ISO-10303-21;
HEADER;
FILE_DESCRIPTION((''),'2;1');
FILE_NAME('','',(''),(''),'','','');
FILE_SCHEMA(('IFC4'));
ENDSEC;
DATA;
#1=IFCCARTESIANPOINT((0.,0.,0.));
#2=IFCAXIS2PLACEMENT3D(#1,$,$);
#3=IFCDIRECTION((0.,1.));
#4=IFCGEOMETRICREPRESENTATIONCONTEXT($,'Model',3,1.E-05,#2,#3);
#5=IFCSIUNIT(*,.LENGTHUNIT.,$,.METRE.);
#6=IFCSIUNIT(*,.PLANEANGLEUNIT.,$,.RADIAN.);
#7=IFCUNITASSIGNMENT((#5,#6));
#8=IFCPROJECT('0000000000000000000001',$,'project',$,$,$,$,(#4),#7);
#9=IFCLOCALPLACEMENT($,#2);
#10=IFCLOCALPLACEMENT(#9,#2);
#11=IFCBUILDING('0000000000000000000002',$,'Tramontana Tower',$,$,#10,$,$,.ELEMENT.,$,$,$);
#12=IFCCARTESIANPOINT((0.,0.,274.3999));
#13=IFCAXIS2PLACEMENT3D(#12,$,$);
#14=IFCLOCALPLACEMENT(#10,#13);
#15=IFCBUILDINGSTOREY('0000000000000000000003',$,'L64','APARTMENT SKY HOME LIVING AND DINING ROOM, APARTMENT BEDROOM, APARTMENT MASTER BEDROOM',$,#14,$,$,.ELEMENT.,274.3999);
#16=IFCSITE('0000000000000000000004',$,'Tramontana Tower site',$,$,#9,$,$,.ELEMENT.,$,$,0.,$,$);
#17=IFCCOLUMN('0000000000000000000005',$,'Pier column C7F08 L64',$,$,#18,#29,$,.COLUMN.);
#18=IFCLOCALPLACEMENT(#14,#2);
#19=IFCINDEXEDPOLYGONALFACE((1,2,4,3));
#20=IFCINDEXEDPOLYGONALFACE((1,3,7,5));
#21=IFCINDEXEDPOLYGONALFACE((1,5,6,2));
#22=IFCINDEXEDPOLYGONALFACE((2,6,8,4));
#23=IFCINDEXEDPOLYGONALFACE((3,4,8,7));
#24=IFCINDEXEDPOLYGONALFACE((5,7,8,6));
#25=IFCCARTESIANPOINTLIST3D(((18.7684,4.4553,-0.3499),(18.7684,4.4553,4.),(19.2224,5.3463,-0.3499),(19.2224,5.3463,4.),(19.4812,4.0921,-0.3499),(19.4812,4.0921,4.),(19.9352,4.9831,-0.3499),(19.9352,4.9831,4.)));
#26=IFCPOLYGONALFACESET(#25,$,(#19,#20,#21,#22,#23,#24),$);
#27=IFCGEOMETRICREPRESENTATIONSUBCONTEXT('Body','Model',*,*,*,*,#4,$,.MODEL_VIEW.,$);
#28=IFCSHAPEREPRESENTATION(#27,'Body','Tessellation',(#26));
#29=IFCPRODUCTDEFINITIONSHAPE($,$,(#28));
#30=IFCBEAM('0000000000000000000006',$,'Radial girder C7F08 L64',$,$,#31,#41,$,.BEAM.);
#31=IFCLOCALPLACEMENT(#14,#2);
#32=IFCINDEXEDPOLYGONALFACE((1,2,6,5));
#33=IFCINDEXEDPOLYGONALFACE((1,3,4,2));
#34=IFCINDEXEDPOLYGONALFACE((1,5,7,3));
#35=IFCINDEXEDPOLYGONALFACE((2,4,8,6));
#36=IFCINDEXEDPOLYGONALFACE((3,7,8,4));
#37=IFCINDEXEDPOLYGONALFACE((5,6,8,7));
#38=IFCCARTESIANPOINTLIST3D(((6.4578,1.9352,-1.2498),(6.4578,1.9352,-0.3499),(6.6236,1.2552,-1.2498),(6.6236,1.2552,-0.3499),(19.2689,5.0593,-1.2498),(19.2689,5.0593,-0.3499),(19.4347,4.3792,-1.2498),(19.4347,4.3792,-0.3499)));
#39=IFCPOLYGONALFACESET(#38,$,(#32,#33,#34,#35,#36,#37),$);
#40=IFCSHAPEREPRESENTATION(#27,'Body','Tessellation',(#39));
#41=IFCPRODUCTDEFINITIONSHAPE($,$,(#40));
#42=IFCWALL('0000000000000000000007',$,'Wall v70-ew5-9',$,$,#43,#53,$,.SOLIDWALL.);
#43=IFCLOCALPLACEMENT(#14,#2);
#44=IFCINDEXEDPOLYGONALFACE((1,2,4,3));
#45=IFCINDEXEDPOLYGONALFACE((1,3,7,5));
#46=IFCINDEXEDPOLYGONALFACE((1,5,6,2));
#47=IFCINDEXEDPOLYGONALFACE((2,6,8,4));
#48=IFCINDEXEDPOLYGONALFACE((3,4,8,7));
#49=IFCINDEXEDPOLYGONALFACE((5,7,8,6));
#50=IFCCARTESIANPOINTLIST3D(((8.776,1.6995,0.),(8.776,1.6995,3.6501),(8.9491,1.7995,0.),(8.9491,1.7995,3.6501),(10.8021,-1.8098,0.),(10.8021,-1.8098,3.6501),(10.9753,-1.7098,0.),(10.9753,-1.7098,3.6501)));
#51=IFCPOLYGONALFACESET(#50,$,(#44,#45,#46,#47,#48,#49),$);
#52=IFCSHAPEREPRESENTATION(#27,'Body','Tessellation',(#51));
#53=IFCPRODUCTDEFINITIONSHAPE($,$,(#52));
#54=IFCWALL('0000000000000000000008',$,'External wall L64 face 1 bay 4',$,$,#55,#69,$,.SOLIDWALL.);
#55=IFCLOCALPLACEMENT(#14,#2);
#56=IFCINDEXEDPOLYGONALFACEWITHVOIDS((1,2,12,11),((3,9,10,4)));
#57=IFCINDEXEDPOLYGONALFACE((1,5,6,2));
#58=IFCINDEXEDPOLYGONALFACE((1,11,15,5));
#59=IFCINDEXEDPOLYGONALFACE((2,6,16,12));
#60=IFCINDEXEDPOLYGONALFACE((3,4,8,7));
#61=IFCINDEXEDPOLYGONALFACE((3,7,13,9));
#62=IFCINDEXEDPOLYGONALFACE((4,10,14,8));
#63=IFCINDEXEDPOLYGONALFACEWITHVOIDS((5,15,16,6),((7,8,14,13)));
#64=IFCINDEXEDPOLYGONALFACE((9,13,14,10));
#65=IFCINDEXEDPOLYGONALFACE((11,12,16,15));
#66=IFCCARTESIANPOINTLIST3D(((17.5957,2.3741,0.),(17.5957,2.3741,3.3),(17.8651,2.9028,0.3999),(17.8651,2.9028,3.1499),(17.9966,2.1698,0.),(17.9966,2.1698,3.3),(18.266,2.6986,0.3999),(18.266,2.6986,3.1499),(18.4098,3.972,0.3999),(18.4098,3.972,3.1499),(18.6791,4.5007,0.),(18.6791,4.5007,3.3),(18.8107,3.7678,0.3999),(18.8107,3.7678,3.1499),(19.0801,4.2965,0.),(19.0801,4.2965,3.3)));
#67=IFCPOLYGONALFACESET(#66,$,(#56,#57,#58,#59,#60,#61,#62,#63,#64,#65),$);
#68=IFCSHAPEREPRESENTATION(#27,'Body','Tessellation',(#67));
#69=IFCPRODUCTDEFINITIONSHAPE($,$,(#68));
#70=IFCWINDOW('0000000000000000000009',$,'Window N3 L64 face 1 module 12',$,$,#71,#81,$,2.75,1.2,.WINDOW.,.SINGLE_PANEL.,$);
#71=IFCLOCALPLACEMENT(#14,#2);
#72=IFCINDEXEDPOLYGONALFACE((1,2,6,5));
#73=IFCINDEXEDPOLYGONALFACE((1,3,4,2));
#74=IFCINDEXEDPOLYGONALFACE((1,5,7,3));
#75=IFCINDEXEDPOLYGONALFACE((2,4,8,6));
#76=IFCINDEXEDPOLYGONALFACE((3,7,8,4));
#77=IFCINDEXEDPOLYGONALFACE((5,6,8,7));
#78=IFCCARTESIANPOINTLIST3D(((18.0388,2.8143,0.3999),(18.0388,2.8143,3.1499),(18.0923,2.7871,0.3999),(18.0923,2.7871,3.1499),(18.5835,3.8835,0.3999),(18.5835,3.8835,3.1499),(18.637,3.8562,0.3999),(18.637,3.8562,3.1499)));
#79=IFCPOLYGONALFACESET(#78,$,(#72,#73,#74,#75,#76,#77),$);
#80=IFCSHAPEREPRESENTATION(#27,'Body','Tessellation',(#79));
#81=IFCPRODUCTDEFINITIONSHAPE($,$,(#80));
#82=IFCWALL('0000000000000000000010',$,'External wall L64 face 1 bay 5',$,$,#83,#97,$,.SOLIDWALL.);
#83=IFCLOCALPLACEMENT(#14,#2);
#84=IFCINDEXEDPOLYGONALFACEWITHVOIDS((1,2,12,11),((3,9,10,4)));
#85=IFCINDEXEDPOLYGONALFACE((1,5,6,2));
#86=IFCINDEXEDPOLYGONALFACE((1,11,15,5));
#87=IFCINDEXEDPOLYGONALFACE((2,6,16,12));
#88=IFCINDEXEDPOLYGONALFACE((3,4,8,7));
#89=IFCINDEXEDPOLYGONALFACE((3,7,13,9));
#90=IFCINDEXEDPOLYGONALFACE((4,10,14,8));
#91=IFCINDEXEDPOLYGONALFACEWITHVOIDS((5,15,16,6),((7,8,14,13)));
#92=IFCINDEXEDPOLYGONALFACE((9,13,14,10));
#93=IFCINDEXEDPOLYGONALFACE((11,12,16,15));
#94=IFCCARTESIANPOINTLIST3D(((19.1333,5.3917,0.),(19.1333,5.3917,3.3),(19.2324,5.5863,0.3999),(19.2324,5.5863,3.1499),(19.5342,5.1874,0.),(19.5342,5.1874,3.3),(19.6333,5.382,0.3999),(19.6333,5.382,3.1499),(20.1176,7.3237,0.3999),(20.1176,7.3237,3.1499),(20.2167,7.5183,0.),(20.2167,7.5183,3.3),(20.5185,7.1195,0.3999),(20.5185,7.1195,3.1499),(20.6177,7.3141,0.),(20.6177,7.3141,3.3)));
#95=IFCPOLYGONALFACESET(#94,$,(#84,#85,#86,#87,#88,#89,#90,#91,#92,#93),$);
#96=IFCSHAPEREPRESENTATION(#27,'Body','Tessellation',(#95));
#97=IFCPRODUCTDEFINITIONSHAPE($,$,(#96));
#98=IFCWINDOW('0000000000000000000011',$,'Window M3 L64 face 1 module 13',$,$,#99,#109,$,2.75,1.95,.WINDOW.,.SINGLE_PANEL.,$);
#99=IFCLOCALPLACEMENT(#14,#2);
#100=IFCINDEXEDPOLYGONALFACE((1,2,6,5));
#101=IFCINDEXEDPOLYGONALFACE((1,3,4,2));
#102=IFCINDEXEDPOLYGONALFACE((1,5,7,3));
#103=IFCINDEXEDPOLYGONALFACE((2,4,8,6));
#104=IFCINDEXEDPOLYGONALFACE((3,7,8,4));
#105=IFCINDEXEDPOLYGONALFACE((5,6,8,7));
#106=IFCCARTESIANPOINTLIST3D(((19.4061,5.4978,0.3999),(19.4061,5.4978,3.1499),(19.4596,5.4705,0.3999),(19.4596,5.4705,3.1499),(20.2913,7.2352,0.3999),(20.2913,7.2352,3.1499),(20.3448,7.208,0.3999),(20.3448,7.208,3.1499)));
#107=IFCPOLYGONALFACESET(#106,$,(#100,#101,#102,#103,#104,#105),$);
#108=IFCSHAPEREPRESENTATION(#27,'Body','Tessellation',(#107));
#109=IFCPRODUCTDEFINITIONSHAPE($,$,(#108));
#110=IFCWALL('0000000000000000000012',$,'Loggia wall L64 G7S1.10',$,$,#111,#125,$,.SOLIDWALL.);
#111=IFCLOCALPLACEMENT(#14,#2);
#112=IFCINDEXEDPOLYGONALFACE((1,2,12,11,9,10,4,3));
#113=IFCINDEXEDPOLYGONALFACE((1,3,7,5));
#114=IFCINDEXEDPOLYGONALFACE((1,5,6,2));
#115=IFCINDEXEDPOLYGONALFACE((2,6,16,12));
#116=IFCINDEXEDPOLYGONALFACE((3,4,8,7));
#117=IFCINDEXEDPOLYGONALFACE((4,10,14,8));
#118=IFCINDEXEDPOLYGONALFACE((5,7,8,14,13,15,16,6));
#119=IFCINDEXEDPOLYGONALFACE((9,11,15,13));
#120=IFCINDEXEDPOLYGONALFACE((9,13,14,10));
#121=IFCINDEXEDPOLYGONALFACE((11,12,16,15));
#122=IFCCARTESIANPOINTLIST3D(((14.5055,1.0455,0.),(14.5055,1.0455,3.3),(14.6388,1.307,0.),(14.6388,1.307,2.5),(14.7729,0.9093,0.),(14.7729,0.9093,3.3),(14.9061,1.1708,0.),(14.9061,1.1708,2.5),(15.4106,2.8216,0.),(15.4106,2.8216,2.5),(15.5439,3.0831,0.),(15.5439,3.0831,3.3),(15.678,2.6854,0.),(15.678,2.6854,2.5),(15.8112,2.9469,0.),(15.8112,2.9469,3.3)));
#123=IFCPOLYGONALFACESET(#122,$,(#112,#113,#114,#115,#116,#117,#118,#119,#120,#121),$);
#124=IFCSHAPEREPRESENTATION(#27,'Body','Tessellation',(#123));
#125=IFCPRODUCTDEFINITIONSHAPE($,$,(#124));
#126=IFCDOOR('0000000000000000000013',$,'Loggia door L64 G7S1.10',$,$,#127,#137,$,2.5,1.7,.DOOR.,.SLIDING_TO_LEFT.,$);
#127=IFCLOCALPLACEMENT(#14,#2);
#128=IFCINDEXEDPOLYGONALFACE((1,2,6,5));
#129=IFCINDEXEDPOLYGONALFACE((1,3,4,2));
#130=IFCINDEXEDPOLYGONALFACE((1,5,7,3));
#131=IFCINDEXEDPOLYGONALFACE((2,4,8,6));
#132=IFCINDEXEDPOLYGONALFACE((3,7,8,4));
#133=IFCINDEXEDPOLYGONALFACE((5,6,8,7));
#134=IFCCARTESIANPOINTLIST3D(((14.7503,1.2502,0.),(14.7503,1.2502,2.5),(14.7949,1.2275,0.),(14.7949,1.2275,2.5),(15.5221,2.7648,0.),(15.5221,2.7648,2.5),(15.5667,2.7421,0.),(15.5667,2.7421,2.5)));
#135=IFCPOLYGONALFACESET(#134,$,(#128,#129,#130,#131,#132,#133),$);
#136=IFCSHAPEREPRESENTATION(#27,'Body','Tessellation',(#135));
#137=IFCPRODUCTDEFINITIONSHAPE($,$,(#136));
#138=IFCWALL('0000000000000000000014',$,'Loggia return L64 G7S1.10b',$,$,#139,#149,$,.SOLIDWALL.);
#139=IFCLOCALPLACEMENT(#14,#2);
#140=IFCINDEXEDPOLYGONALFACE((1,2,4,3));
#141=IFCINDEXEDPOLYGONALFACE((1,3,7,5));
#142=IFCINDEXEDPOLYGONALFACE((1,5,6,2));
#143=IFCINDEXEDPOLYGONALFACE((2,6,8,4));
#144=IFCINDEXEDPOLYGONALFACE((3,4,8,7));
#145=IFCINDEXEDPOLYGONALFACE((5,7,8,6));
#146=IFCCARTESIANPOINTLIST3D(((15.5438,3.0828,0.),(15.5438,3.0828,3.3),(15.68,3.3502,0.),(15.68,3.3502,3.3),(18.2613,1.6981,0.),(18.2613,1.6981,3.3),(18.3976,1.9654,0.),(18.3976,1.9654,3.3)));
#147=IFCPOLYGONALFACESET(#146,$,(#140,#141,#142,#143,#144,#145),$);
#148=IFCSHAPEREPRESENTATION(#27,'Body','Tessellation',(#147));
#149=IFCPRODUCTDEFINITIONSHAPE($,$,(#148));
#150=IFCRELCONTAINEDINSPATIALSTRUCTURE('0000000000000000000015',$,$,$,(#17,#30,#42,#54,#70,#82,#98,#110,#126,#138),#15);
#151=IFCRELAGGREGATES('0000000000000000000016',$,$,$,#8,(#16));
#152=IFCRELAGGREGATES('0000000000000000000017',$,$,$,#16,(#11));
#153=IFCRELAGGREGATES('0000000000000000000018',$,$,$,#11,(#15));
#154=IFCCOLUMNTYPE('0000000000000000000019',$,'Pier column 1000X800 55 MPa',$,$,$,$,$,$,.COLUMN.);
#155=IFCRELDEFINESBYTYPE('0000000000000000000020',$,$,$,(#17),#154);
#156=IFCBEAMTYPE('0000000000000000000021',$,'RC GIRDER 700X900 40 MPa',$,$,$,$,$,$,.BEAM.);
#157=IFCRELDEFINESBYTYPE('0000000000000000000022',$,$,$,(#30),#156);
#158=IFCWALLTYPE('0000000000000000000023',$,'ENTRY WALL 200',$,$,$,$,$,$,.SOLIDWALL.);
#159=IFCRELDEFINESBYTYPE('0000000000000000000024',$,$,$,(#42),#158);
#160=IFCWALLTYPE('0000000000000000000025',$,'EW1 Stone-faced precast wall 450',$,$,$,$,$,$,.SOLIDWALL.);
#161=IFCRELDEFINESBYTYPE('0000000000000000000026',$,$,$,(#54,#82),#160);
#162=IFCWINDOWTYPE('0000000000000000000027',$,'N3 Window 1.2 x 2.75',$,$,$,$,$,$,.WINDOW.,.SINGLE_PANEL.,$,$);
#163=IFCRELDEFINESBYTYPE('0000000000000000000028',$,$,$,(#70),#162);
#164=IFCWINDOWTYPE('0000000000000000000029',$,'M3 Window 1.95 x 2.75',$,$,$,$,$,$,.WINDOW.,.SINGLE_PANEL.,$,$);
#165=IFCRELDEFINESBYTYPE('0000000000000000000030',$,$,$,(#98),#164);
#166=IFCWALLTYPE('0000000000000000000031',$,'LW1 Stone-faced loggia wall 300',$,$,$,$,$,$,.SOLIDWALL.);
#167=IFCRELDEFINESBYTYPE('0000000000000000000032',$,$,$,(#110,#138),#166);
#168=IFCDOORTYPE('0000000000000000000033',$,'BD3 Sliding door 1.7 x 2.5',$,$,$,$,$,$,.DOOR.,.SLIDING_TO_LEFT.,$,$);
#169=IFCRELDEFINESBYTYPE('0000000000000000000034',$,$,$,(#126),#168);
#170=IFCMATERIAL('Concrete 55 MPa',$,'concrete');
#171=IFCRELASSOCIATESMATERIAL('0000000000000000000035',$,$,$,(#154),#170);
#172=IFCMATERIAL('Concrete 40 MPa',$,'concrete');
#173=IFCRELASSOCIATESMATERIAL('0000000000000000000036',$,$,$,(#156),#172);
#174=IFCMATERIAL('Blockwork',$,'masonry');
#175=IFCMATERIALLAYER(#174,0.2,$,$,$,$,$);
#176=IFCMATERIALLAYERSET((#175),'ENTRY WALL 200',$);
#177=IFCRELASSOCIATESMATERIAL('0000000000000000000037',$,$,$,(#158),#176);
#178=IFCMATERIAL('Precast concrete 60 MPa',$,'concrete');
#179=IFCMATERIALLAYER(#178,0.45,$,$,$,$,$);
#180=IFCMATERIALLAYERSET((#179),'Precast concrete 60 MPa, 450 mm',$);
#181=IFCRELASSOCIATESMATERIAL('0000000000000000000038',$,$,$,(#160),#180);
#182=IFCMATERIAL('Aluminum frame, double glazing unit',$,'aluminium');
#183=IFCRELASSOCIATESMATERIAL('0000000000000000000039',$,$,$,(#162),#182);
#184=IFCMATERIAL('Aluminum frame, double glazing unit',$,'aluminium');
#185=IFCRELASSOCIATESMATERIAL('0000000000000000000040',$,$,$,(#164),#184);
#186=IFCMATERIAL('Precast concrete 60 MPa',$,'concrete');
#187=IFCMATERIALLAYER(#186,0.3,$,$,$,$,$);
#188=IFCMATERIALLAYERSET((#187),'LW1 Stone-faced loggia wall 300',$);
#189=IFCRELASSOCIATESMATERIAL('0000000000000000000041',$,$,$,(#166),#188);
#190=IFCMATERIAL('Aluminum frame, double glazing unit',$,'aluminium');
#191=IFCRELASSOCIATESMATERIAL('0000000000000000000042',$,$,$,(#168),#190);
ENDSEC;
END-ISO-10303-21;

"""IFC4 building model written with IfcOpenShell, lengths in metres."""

from ifc_helpers import new_model, si_unit, direction, frame, frame_2d, origin, origin_2d, place, context, subcontext, project, spatial, rectangle, extrude, material, layer, layer_set, material_profile, profile_set, type_object, element, fill, save


model = new_model("IFC4")

# Units and contexts
model_context = context("Model", 3, precision=1e-05, world=origin(), true_north=direction((0.0, 1.0)))
body_context = subcontext(model_context, "Body", "Model", "MODEL_VIEW")
ifc_project = project(units=[si_unit("LENGTHUNIT", "METRE"), si_unit("PLANEANGLEUNIT", "RADIAN")], contexts=[model_context])

# Site, building, storey
site_placement = place(None, origin())
site = spatial("IfcSite", under=ifc_project, at=site_placement, Name="Tramontana Tower site", CompositionType="ELEMENT", RefElevation=0.0)
building_placement = place(site_placement, origin())
building = spatial("IfcBuilding", under=site, at=building_placement, Name="Tramontana Tower", CompositionType="ELEMENT")
storey_placement = place(building_placement, frame((0.0, 0.0, 274.3999)))
storey = spatial("IfcBuildingStorey", under=building, at=storey_placement, Name="L64", Description="APARTMENT SKY HOME LIVING AND DINING ROOM, APARTMENT BEDROOM, APARTMENT MASTER BEDROOM", CompositionType="ELEMENT", Elevation=274.3999)

# Column
ifc_material_1 = material(Name="Concrete 55 MPa", Category="concrete")
ifc_material_profile_1 = material_profile(ifc_material_1, rectangle(XDim=1.0, YDim=0.8, at=origin_2d()), Name="Pier column 1000X800 55 MPa")
ifc_profile_set_1 = profile_set([ifc_material_profile_1], Name="Concrete 55 MPa")
column_type = type_object("IfcColumnType", Name="Pier column 1000X800 55 MPa", PredefinedType="COLUMN", material=ifc_profile_set_1)
column_placement = place(storey_placement, frame((19.3518, 4.7192, -0.3499), z_axis=(0.0, 0.0, 1.0), x_axis=(0.45399, 0.891007, 0.0)))
element("IfcColumn", 1, at=column_placement, inside=storey, type_object=column_type, Name="Pier column C7F08 L64", PredefinedType="COLUMN", context=body_context, shape_type="SweptSolid", body=[
    extrude(rectangle(XDim=1.0, YDim=0.8, at=origin_2d()), origin(), (0.0, 0.0, 1.0), 4.3499),
])

# Beam
ifc_material_2 = material(Name="Concrete 40 MPa", Category="concrete")
ifc_material_profile_2 = material_profile(ifc_material_2, rectangle(XDim=0.7, YDim=0.8999, at=origin_2d()), Name="RC GIRDER 700X900 40 MPa")
ifc_profile_set_2 = profile_set([ifc_material_profile_2], Name="Concrete 40 MPa")
beam_type = type_object("IfcBeamType", Name="RC GIRDER 700X900 40 MPa", PredefinedType="BEAM", material=ifc_profile_set_2)
beam_placement = place(storey_placement, frame((19.3518, 4.7192, -0.7998), z_axis=(-0.971531, -0.236912, 0.0), x_axis=(0.236912, -0.971531, 0.0)))
element("IfcBeam", 2, at=beam_placement, inside=storey, type_object=beam_type, Name="Radial girder C7F08 L64", PredefinedType="BEAM", context=body_context, shape_type="SweptSolid", body=[
    extrude(rectangle(XDim=0.7, YDim=0.8999, at=origin_2d()), origin(), (0.0, 0.0, 1.0), 13.1865),
])

# Wall
ifc_material_3 = material(Name="Blockwork", Category="masonry")
ifc_layer_1 = layer(ifc_material_3, 0.2)
ifc_layer_set_1 = layer_set([ifc_layer_1], Name="ENTRY WALL 200")
wall_type_1 = type_object("IfcWallType", Name="ENTRY WALL 200", PredefinedType="SOLIDWALL", material=ifc_layer_set_1)
wall_1_placement = place(storey_placement, frame((8.8625, 1.7495, 0.0), z_axis=(0.0, 0.0, 1.0), x_axis=(0.500008, -0.866021, 0.0)))
element("IfcWall", 3, at=wall_1_placement, inside=storey, type_object=wall_type_1, Name="Wall v70-ew5-9", PredefinedType="SOLIDWALL", context=body_context, shape_type="SweptSolid", body=[
    extrude(rectangle(XDim=4.0522, YDim=0.2, at=frame_2d((2.0261, 0.0))), origin(), (0.0, 0.0, 1.0), 3.6501),
])

# Walls, openings, windows
ifc_material_4 = material(Name="Precast concrete 60 MPa", Category="concrete")
ifc_layer_2 = layer(ifc_material_4, 0.45)
ifc_layer_set_2 = layer_set([ifc_layer_2], Name="Precast concrete 60 MPa, 450 mm")
wall_type_2 = type_object("IfcWallType", Name="EW1 Stone-faced precast wall 450", PredefinedType="SOLIDWALL", material=ifc_layer_set_2)
wall_2_placement = place(storey_placement, frame((17.7961, 2.272, 0.0), z_axis=(0.0, 0.0, 1.0), x_axis=(0.453952, 0.891026, 0.0)))
wall_2 = element("IfcWall", 4, at=wall_2_placement, inside=storey, type_object=wall_type_2, Name="External wall L64 face 1 bay 4", PredefinedType="SOLIDWALL", context=body_context, shape_type="SweptSolid", body=[
    extrude(rectangle(XDim=2.3867, YDim=0.45, at=frame_2d((1.1934, 0.0))), origin(), (0.0, 0.0, 1.0), 3.3),
])
opening_1_placement = place(wall_2_placement, frame((0.5933, 0.0, 0.3999)))
opening_1 = element("IfcOpeningElement", 5, at=opening_1_placement, cuts=wall_2, PredefinedType="OPENING", context=body_context, shape_type="SweptSolid", body=[
    extrude(rectangle(XDim=1.2, YDim=2.75, at=frame_2d((0.6001, 1.375))), frame((0.0, 0.2349, 0.0), z_axis=(0.0, -1.0, 0.0), x_axis=(1.0, 0.0, 0.0)), (0.0, 0.0, 1.0), 0.47),
])
ifc_material_5 = material(Name="Aluminum frame, double glazing unit", Category="aluminium")
window_type_1 = type_object("IfcWindowType", Name="N3 Window 1.2 x 2.75", PartitioningType="SINGLE_PANEL", PredefinedType="WINDOW", material=ifc_material_5)
window_1_placement = place(opening_1_placement, origin())
window_1 = element("IfcWindow", 6, at=window_1_placement, inside=storey, type_object=window_type_1, Name="Window N3 L64 face 1 module 12", OverallHeight=2.75, OverallWidth=1.2, PartitioningType="SINGLE_PANEL", PredefinedType="WINDOW", context=body_context, shape_type="SweptSolid", body=[
    extrude(rectangle(XDim=1.2, YDim=2.75, at=frame_2d((0.6001, 1.375))), frame((0.0, 0.03, 0.0), z_axis=(0.0, -1.0, 0.0), x_axis=(1.0, 0.0, 0.0)), (0.0, 0.0, 1.0), 0.0601),
])
fill(opening_1, window_1)
wall_3_placement = place(storey_placement, frame((19.3337, 5.2896, 0.0), z_axis=(0.0, 0.0, 1.0), x_axis=(0.453952, 0.891026, 0.0)))
wall_3 = element("IfcWall", 7, at=wall_3_placement, inside=storey, type_object=wall_type_2, Name="External wall L64 face 1 bay 5", PredefinedType="SOLIDWALL", context=body_context, shape_type="SweptSolid", body=[
    extrude(rectangle(XDim=2.3867, YDim=0.45, at=frame_2d((1.1934, 0.0))), origin(), (0.0, 0.0, 1.0), 3.3),
])
opening_2_placement = place(wall_3_placement, frame((0.2183, 0.0, 0.3999)))
opening_2 = element("IfcOpeningElement", 8, at=opening_2_placement, cuts=wall_3, PredefinedType="OPENING", context=body_context, shape_type="SweptSolid", body=[
    extrude(rectangle(XDim=1.95, YDim=2.75, at=frame_2d((0.9751, 1.375))), frame((0.0, 0.2349, 0.0), z_axis=(0.0, -1.0, 0.0), x_axis=(1.0, 0.0, 0.0)), (0.0, 0.0, 1.0), 0.47),
])
ifc_material_6 = material(Name="Aluminum frame, double glazing unit", Category="aluminium")
window_type_2 = type_object("IfcWindowType", Name="M3 Window 1.95 x 2.75", PartitioningType="SINGLE_PANEL", PredefinedType="WINDOW", material=ifc_material_6)
window_2_placement = place(opening_2_placement, origin())
window_2 = element("IfcWindow", 9, at=window_2_placement, inside=storey, type_object=window_type_2, Name="Window M3 L64 face 1 module 13", OverallHeight=2.75, OverallWidth=1.95, PartitioningType="SINGLE_PANEL", PredefinedType="WINDOW", context=body_context, shape_type="SweptSolid", body=[
    extrude(rectangle(XDim=1.95, YDim=2.75, at=frame_2d((0.9751, 1.375))), frame((0.0, 0.03, 0.0), z_axis=(0.0, -1.0, 0.0), x_axis=(1.0, 0.0, 0.0)), (0.0, 0.0, 1.0), 0.0601),
])
fill(opening_2, window_2)

# Wall, opening, door
ifc_material_7 = material(Name="Precast concrete 60 MPa", Category="concrete")
ifc_layer_3 = layer(ifc_material_7, 0.3)
ifc_layer_set_3 = layer_set([ifc_layer_3], Name="LW1 Stone-faced loggia wall 300")
wall_type_3 = type_object("IfcWallType", Name="LW1 Stone-faced loggia wall 300", PredefinedType="SOLIDWALL", material=ifc_layer_set_3)
wall_4_placement = place(storey_placement, frame((14.6392, 0.9773, 0.0), z_axis=(0.0, 0.0, 1.0), x_axis=(0.454033, 0.890985, 0.0)))
wall_4 = element("IfcWall", 10, at=wall_4_placement, inside=storey, type_object=wall_type_3, Name="Loggia wall L64 G7S1.10", PredefinedType="SOLIDWALL", context=body_context, shape_type="SweptSolid", body=[
    extrude(rectangle(XDim=2.2869, YDim=0.3, at=frame_2d((1.1436, 0.0))), origin(), (0.0, 0.0, 1.0), 3.3),
])
opening_3_placement = place(wall_4_placement, frame((0.2935, 0.0, 0.0)))
opening_3 = element("IfcOpeningElement", 11, at=opening_3_placement, cuts=wall_4, PredefinedType="OPENING", context=body_context, shape_type="SweptSolid", body=[
    extrude(rectangle(XDim=1.7, YDim=2.5, at=frame_2d((0.8501, 1.25))), frame((0.0, 0.1599, 0.0), z_axis=(0.0, -1.0, 0.0), x_axis=(1.0, 0.0, 0.0)), (0.0, 0.0, 1.0), 0.3201),
])
ifc_material_8 = material(Name="Aluminum frame, double glazing unit", Category="aluminium")
door_type_1 = type_object("IfcDoorType", Name="BD3 Sliding door 1.7 x 2.5", OperationType="SLIDING_TO_LEFT", PredefinedType="DOOR", material=ifc_material_8)
door_1_placement = place(opening_3_placement, origin())
door_1 = element("IfcDoor", 12, at=door_1_placement, inside=storey, type_object=door_type_1, Name="Loggia door L64 G7S1.10", OperationType="SLIDING_TO_LEFT", OverallHeight=2.5, OverallWidth=1.7, PredefinedType="DOOR", context=body_context, shape_type="SweptSolid", body=[
    extrude(rectangle(XDim=1.7, YDim=2.5, at=frame_2d((0.8501, 1.25))), frame((0.0, 0.0249, 0.0), z_axis=(0.0, -1.0, 0.0), x_axis=(1.0, 0.0, 0.0)), (0.0, 0.0, 1.0), 0.05),
])
fill(opening_3, door_1)

# Wall
wall_5_placement = place(storey_placement, frame((18.3293, 1.8318, 0.0), z_axis=(0.0, 0.0, 1.0), x_axis=(-0.890991, 0.454021, 0.0)))
element("IfcWall", 13, at=wall_5_placement, inside=storey, type_object=wall_type_3, Name="Loggia return L64 G7S1.10b", PredefinedType="SOLIDWALL", context=body_context, shape_type="SweptSolid", body=[
    extrude(rectangle(XDim=3.05, YDim=0.3, at=frame_2d((1.5249, 0.0))), origin(), (0.0, 0.0, 1.0), 3.3),
])

save(model, "model.ifc")
